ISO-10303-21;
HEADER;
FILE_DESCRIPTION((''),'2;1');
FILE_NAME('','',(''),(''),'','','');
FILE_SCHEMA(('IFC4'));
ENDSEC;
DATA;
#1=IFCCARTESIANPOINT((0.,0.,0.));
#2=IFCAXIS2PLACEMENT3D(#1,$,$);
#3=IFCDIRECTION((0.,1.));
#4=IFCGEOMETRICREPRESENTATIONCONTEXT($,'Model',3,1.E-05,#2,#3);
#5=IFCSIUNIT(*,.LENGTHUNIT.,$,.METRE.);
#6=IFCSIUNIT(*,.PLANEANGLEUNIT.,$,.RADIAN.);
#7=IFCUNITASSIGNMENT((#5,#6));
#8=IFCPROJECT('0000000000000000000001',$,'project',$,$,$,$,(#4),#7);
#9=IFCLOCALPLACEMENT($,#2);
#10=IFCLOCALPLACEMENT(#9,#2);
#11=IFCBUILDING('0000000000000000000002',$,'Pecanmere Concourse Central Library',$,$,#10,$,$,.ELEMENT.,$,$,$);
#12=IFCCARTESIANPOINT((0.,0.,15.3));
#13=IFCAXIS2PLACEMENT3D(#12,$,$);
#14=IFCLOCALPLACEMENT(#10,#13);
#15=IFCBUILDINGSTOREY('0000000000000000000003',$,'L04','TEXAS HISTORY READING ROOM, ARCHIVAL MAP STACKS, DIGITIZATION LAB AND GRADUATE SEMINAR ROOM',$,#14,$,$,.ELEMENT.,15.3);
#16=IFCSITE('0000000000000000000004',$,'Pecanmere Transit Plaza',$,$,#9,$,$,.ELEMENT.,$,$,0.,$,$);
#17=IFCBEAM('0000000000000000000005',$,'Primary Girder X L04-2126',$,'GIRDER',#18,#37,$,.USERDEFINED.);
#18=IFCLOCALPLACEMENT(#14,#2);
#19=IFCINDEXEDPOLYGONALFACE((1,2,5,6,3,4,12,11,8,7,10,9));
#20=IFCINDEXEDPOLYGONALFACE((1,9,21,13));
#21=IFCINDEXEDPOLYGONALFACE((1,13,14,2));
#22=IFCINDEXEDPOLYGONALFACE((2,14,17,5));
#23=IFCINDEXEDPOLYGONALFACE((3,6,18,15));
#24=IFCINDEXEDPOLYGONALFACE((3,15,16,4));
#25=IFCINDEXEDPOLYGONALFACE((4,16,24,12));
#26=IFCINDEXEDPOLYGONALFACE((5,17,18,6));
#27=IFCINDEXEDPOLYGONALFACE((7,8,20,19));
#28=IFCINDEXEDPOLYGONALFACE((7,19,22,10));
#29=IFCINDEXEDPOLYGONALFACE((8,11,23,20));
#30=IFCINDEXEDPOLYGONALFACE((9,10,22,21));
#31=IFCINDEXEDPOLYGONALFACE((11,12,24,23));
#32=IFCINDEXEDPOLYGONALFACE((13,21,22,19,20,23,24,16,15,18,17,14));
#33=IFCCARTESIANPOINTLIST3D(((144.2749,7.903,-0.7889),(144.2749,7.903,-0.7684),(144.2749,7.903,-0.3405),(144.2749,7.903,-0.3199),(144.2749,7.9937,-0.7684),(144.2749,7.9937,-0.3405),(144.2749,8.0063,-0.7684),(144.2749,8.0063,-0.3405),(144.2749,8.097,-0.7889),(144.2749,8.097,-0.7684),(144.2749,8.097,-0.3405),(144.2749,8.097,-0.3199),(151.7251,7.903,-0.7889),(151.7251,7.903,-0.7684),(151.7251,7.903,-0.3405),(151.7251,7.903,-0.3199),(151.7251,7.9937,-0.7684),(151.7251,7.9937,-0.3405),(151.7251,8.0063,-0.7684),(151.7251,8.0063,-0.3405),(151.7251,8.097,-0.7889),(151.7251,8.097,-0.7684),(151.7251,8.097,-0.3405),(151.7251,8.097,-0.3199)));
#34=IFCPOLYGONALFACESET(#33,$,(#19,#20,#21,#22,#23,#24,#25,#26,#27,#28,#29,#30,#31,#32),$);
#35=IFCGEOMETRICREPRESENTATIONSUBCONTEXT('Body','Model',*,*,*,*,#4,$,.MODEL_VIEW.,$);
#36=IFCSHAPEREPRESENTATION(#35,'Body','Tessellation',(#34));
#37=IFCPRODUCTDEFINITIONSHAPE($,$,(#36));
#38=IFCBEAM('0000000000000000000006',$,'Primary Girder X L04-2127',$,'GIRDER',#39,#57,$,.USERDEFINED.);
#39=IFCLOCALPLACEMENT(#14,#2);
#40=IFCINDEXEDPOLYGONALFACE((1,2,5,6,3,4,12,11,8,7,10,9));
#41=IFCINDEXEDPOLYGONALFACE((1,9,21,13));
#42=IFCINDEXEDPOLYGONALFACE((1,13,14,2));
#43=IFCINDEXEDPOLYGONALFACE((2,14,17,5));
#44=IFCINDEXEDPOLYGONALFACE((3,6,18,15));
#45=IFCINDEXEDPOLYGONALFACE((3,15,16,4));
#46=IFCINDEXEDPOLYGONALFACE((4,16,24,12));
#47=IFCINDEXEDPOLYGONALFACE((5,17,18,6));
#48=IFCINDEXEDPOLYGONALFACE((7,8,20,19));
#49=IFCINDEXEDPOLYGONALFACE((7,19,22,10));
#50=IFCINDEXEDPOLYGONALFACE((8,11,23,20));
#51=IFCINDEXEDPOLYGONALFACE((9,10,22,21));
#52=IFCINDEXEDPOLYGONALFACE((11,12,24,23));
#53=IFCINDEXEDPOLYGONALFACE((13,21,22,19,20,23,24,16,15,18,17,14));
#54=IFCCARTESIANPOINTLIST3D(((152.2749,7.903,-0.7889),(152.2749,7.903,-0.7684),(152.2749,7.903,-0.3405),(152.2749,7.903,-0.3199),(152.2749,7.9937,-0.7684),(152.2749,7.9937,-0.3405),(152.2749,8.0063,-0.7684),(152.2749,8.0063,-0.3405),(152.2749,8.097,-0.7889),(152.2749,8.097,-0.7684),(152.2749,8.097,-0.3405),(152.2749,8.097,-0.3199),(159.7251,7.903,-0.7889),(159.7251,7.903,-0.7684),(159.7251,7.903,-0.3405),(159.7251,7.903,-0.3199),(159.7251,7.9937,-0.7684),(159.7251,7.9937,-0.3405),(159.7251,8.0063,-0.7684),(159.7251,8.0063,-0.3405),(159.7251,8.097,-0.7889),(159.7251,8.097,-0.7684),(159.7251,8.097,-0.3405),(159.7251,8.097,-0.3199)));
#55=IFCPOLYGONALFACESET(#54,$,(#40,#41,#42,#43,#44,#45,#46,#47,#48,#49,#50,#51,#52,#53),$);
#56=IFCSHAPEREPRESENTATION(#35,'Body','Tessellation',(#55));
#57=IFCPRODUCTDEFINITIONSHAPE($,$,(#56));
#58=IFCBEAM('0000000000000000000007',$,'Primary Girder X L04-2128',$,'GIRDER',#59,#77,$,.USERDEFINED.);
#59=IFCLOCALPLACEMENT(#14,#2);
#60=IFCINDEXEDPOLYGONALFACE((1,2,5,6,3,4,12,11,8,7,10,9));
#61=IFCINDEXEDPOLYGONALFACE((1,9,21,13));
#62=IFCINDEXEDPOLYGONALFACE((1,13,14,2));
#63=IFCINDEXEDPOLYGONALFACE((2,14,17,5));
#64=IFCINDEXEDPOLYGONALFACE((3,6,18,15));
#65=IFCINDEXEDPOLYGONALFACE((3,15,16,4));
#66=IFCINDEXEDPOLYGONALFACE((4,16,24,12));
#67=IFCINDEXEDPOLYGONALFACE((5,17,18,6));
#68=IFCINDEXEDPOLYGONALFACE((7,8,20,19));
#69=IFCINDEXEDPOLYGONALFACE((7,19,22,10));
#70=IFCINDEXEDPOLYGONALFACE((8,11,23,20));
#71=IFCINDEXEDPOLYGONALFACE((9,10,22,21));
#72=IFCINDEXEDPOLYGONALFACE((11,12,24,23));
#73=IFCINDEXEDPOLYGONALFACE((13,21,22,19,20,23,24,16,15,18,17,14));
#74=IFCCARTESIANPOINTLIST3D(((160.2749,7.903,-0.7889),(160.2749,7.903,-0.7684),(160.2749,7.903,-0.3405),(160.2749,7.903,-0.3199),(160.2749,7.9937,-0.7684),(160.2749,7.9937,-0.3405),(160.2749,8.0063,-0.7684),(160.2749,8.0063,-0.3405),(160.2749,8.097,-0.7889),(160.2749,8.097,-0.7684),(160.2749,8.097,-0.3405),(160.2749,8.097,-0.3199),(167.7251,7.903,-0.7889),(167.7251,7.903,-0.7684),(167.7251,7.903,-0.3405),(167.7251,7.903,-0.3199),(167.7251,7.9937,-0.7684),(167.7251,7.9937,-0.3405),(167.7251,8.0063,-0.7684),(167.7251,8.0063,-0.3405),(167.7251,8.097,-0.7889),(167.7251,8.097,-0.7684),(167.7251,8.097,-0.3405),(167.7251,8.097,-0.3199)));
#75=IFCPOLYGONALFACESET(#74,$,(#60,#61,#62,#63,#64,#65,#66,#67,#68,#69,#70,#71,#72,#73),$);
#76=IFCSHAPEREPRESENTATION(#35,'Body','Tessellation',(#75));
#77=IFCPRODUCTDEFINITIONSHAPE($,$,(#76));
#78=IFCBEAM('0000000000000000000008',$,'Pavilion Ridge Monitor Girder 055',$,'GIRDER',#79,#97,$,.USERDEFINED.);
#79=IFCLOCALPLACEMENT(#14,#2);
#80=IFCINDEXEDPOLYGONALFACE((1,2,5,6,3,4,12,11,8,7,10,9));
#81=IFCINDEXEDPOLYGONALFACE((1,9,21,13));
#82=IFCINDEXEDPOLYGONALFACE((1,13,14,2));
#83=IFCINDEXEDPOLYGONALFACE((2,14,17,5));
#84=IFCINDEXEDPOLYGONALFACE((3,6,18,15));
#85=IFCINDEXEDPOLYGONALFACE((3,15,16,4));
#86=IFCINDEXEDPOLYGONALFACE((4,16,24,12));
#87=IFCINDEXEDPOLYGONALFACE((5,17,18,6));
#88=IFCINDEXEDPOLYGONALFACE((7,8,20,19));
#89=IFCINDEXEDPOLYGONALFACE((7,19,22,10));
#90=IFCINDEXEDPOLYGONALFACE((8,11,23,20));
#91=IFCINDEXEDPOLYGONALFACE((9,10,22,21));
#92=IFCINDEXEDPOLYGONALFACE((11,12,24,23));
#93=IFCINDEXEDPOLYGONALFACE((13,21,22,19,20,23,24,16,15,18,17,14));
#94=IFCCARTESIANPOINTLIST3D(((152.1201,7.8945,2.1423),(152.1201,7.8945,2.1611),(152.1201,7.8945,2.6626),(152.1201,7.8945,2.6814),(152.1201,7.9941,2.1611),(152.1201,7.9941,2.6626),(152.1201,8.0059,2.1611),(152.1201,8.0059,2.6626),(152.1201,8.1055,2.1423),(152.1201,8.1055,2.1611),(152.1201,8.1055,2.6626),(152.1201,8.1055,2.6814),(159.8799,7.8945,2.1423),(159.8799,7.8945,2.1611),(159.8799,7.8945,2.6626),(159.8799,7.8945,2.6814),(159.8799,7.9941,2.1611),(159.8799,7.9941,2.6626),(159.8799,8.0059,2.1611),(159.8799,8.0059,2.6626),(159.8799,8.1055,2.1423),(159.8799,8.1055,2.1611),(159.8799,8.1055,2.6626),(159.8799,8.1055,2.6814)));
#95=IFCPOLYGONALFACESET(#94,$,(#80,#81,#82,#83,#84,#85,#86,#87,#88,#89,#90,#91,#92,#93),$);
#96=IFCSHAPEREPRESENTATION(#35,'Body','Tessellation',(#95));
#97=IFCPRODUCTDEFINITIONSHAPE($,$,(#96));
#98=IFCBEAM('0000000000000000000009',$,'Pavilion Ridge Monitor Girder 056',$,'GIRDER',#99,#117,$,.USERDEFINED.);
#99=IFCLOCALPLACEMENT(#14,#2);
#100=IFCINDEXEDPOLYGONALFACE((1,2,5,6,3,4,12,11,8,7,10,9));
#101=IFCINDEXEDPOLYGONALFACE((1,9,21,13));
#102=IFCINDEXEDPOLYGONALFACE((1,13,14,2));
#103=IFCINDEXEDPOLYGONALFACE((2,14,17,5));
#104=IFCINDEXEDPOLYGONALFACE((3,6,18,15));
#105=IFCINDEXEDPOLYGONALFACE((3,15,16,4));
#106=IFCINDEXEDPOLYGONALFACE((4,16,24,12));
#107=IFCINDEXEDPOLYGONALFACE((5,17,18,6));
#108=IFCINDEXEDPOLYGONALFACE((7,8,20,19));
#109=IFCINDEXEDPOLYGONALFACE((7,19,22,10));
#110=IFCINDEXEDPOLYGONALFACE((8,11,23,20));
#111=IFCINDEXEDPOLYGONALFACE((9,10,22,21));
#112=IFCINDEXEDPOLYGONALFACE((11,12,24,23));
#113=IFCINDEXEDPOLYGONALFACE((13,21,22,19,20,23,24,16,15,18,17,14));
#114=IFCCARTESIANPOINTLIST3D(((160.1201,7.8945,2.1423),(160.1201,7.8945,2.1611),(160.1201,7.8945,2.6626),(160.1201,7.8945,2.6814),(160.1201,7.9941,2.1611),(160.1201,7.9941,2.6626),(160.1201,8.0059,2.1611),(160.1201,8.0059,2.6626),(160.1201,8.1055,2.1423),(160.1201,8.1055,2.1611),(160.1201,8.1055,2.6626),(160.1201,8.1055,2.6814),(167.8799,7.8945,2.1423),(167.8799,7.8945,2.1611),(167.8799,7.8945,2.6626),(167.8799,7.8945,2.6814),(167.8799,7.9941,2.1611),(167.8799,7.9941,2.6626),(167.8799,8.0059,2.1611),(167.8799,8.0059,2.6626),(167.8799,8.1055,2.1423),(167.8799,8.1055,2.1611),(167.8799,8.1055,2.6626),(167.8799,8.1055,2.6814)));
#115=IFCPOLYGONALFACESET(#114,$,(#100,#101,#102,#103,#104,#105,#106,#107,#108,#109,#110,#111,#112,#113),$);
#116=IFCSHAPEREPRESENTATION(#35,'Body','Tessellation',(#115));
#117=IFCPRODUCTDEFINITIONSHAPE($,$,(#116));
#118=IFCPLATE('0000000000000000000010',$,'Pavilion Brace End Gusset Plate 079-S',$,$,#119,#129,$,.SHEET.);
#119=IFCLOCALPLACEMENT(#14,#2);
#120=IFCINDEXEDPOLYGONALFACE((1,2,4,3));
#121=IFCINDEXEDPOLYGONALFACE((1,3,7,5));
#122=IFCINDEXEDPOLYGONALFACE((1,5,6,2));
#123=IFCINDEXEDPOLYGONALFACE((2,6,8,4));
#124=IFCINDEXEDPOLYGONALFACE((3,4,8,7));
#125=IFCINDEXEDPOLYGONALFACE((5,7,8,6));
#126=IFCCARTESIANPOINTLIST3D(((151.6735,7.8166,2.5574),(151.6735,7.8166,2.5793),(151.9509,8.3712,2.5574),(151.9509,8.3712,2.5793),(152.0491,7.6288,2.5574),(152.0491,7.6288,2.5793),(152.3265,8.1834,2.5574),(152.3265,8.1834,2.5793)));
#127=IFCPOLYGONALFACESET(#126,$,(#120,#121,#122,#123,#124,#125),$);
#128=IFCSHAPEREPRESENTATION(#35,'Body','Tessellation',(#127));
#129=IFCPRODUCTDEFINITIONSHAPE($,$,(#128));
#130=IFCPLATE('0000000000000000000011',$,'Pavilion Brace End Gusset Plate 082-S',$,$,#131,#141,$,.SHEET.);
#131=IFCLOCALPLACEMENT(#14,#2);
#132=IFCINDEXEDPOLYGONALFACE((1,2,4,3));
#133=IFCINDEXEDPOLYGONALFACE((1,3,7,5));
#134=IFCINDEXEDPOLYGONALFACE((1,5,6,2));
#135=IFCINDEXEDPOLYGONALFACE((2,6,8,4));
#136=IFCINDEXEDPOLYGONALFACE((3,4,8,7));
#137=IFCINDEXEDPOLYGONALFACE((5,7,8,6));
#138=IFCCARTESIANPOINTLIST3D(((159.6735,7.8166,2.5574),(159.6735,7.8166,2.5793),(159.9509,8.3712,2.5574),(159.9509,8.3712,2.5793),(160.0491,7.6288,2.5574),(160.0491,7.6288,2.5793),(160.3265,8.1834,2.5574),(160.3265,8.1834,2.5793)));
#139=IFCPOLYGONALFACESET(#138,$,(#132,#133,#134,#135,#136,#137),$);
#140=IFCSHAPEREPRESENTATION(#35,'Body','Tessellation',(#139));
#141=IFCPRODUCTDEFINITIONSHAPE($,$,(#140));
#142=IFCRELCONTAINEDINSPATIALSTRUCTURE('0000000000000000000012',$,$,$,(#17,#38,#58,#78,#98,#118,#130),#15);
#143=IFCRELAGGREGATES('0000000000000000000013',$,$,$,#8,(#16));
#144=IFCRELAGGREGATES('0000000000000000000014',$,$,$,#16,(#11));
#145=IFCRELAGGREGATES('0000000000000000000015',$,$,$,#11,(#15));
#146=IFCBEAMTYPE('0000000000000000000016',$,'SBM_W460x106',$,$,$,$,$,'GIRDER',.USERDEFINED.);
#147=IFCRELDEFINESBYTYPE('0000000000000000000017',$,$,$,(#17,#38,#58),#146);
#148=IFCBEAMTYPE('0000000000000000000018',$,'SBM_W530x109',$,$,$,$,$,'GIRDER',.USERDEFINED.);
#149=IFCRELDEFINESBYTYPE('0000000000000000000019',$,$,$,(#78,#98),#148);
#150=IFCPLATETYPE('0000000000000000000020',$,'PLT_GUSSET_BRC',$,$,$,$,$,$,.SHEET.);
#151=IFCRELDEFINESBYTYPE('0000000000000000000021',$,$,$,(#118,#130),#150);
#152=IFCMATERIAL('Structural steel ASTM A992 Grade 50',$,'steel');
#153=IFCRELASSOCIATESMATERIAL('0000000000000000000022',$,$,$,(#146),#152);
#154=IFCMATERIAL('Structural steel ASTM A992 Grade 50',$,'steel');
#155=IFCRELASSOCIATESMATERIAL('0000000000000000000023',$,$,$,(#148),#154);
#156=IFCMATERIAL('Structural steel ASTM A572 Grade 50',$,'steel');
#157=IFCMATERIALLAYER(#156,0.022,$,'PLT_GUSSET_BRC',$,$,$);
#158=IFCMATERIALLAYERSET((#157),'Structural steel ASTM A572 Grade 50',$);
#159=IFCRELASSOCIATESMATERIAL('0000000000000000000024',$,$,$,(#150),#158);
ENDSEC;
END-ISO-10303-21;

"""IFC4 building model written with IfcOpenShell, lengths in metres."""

from ifc_helpers import new_model, si_unit, direction, frame, origin, origin_2d, place, context, subcontext, project, spatial, rectangle, i_section, extrude, material, layer, layer_set, material_profile, profile_set, type_object, element, save


model = new_model("IFC4")

# Units and contexts
model_context = context("Model", 3, precision=1e-05, world=origin(), true_north=direction((0.0, 1.0)))
body_context = subcontext(model_context, "Body", "Model", "MODEL_VIEW")
ifc_project = project(units=[si_unit("LENGTHUNIT", "METRE"), si_unit("PLANEANGLEUNIT", "RADIAN")], contexts=[model_context])

# Site, building, storey
site_placement = place(None, origin())
site = spatial("IfcSite", under=ifc_project, at=site_placement, Name="Pecanmere Transit Plaza", CompositionType="ELEMENT", RefElevation=0.0)
building_placement = place(site_placement, origin())
building = spatial("IfcBuilding", under=site, at=building_placement, Name="Pecanmere Concourse Central Library", CompositionType="ELEMENT")
storey_placement = place(building_placement, frame((0.0, 0.0, 15.3)))
storey = spatial("IfcBuildingStorey", under=building, at=storey_placement, Name="L04", Description="TEXAS HISTORY READING ROOM, ARCHIVAL MAP STACKS, DIGITIZATION LAB AND GRADUATE SEMINAR ROOM", CompositionType="ELEMENT", Elevation=15.3)

# Beams
ifc_material_1 = material(Name="Structural steel ASTM A992 Grade 50", Category="steel")
ifc_material_profile_1 = material_profile(ifc_material_1, i_section(OverallWidth=0.1941, OverallDepth=0.469, WebThickness=0.0127, FlangeThickness=0.0205, at=origin_2d()), Name="W460x106")
ifc_profile_set_1 = profile_set([ifc_material_profile_1], Name="Structural steel ASTM A992 Grade 50")
beam_type_1 = type_object("IfcBeamType", Name="SBM_W460x106", ElementType="GIRDER", PredefinedType="USERDEFINED", material=ifc_profile_set_1)
for number, where, z_axis, x_axis, name in (
    (1, (144.2749, 8.0, -0.5544), (1.0, 0.0, 0.0), (0.0, 1.0, 0.0), "Primary Girder X L04-2126"),
    (2, (152.2749, 8.0, -0.5544), (1.0, 0.0, 0.0), (0.0, 1.0, 0.0), "Primary Girder X L04-2127"),
    (3, (160.2749, 8.0, -0.5544), (1.0, 0.0, 0.0), (0.0, 1.0, 0.0), "Primary Girder X L04-2128"),
):
    element("IfcBeam", number, at=place(storey_placement, frame(where, z_axis=z_axis, x_axis=x_axis)), inside=storey, type_object=beam_type_1, Name=name, ObjectType="GIRDER", PredefinedType="USERDEFINED", context=body_context, shape_type="SweptSolid", body=[
        extrude(i_section(OverallWidth=0.1941, OverallDepth=0.469, WebThickness=0.0127, FlangeThickness=0.0205, at=origin_2d()), origin(), (0.0, 0.0, 1.0), 7.4502),
    ])
ifc_material_2 = material(Name="Structural steel ASTM A992 Grade 50", Category="steel")
ifc_material_profile_2 = material_profile(ifc_material_2, i_section(OverallWidth=0.2109, OverallDepth=0.5391, WebThickness=0.0117, FlangeThickness=0.0188, at=origin_2d()), Name="W530x109")
ifc_profile_set_2 = profile_set([ifc_material_profile_2], Name="Structural steel ASTM A992 Grade 50")
beam_type_2 = type_object("IfcBeamType", Name="SBM_W530x109", ElementType="GIRDER", PredefinedType="USERDEFINED", material=ifc_profile_set_2)
for number, where, z_axis, x_axis, name in (
    (4, (152.1201, 8.0, 2.4119), (1.0, 0.0, 0.0), (0.0, 1.0, 0.0), "Pavilion Ridge Monitor Girder 055"),
    (5, (160.1201, 8.0, 2.4119), (1.0, 0.0, 0.0), (0.0, 1.0, 0.0), "Pavilion Ridge Monitor Girder 056"),
):
    element("IfcBeam", number, at=place(storey_placement, frame(where, z_axis=z_axis, x_axis=x_axis)), inside=storey, type_object=beam_type_2, Name=name, ObjectType="GIRDER", PredefinedType="USERDEFINED", context=body_context, shape_type="SweptSolid", body=[
        extrude(i_section(OverallWidth=0.2109, OverallDepth=0.5391, WebThickness=0.0117, FlangeThickness=0.0188, at=origin_2d()), origin(), (0.0, 0.0, 1.0), 7.7598),
    ])

# Plates
ifc_material_3 = material(Name="Structural steel ASTM A572 Grade 50", Category="steel")
ifc_layer = layer(ifc_material_3, 0.022, Name="PLT_GUSSET_BRC")
ifc_layer_set = layer_set([ifc_layer], Name="Structural steel ASTM A572 Grade 50")
plate_type = type_object("IfcPlateType", Name="PLT_GUSSET_BRC", PredefinedType="SHEET", material=ifc_layer_set)
for number, where, z_axis, x_axis, name in (
    (6, (152.0, 8.0, 2.5574), (0.0, 0.0, 1.0), (0.447291, 0.894389, 0.0), "Pavilion Brace End Gusset Plate 079-S"),
    (7, (160.0, 8.0, 2.5574), (0.0, 0.0, 1.0), (0.447291, 0.894389, 0.0), "Pavilion Brace End Gusset Plate 082-S"),
):
    element("IfcPlate", number, at=place(storey_placement, frame(where, z_axis=z_axis, x_axis=x_axis)), inside=storey, type_object=plate_type, Name=name, PredefinedType="SHEET", context=body_context, shape_type="SweptSolid", body=[
        extrude(rectangle(XDim=0.6201, YDim=0.4199, at=origin_2d()), origin(), (0.0, 0.0, 1.0), 0.022),
    ])

save(model, "model.ifc")
